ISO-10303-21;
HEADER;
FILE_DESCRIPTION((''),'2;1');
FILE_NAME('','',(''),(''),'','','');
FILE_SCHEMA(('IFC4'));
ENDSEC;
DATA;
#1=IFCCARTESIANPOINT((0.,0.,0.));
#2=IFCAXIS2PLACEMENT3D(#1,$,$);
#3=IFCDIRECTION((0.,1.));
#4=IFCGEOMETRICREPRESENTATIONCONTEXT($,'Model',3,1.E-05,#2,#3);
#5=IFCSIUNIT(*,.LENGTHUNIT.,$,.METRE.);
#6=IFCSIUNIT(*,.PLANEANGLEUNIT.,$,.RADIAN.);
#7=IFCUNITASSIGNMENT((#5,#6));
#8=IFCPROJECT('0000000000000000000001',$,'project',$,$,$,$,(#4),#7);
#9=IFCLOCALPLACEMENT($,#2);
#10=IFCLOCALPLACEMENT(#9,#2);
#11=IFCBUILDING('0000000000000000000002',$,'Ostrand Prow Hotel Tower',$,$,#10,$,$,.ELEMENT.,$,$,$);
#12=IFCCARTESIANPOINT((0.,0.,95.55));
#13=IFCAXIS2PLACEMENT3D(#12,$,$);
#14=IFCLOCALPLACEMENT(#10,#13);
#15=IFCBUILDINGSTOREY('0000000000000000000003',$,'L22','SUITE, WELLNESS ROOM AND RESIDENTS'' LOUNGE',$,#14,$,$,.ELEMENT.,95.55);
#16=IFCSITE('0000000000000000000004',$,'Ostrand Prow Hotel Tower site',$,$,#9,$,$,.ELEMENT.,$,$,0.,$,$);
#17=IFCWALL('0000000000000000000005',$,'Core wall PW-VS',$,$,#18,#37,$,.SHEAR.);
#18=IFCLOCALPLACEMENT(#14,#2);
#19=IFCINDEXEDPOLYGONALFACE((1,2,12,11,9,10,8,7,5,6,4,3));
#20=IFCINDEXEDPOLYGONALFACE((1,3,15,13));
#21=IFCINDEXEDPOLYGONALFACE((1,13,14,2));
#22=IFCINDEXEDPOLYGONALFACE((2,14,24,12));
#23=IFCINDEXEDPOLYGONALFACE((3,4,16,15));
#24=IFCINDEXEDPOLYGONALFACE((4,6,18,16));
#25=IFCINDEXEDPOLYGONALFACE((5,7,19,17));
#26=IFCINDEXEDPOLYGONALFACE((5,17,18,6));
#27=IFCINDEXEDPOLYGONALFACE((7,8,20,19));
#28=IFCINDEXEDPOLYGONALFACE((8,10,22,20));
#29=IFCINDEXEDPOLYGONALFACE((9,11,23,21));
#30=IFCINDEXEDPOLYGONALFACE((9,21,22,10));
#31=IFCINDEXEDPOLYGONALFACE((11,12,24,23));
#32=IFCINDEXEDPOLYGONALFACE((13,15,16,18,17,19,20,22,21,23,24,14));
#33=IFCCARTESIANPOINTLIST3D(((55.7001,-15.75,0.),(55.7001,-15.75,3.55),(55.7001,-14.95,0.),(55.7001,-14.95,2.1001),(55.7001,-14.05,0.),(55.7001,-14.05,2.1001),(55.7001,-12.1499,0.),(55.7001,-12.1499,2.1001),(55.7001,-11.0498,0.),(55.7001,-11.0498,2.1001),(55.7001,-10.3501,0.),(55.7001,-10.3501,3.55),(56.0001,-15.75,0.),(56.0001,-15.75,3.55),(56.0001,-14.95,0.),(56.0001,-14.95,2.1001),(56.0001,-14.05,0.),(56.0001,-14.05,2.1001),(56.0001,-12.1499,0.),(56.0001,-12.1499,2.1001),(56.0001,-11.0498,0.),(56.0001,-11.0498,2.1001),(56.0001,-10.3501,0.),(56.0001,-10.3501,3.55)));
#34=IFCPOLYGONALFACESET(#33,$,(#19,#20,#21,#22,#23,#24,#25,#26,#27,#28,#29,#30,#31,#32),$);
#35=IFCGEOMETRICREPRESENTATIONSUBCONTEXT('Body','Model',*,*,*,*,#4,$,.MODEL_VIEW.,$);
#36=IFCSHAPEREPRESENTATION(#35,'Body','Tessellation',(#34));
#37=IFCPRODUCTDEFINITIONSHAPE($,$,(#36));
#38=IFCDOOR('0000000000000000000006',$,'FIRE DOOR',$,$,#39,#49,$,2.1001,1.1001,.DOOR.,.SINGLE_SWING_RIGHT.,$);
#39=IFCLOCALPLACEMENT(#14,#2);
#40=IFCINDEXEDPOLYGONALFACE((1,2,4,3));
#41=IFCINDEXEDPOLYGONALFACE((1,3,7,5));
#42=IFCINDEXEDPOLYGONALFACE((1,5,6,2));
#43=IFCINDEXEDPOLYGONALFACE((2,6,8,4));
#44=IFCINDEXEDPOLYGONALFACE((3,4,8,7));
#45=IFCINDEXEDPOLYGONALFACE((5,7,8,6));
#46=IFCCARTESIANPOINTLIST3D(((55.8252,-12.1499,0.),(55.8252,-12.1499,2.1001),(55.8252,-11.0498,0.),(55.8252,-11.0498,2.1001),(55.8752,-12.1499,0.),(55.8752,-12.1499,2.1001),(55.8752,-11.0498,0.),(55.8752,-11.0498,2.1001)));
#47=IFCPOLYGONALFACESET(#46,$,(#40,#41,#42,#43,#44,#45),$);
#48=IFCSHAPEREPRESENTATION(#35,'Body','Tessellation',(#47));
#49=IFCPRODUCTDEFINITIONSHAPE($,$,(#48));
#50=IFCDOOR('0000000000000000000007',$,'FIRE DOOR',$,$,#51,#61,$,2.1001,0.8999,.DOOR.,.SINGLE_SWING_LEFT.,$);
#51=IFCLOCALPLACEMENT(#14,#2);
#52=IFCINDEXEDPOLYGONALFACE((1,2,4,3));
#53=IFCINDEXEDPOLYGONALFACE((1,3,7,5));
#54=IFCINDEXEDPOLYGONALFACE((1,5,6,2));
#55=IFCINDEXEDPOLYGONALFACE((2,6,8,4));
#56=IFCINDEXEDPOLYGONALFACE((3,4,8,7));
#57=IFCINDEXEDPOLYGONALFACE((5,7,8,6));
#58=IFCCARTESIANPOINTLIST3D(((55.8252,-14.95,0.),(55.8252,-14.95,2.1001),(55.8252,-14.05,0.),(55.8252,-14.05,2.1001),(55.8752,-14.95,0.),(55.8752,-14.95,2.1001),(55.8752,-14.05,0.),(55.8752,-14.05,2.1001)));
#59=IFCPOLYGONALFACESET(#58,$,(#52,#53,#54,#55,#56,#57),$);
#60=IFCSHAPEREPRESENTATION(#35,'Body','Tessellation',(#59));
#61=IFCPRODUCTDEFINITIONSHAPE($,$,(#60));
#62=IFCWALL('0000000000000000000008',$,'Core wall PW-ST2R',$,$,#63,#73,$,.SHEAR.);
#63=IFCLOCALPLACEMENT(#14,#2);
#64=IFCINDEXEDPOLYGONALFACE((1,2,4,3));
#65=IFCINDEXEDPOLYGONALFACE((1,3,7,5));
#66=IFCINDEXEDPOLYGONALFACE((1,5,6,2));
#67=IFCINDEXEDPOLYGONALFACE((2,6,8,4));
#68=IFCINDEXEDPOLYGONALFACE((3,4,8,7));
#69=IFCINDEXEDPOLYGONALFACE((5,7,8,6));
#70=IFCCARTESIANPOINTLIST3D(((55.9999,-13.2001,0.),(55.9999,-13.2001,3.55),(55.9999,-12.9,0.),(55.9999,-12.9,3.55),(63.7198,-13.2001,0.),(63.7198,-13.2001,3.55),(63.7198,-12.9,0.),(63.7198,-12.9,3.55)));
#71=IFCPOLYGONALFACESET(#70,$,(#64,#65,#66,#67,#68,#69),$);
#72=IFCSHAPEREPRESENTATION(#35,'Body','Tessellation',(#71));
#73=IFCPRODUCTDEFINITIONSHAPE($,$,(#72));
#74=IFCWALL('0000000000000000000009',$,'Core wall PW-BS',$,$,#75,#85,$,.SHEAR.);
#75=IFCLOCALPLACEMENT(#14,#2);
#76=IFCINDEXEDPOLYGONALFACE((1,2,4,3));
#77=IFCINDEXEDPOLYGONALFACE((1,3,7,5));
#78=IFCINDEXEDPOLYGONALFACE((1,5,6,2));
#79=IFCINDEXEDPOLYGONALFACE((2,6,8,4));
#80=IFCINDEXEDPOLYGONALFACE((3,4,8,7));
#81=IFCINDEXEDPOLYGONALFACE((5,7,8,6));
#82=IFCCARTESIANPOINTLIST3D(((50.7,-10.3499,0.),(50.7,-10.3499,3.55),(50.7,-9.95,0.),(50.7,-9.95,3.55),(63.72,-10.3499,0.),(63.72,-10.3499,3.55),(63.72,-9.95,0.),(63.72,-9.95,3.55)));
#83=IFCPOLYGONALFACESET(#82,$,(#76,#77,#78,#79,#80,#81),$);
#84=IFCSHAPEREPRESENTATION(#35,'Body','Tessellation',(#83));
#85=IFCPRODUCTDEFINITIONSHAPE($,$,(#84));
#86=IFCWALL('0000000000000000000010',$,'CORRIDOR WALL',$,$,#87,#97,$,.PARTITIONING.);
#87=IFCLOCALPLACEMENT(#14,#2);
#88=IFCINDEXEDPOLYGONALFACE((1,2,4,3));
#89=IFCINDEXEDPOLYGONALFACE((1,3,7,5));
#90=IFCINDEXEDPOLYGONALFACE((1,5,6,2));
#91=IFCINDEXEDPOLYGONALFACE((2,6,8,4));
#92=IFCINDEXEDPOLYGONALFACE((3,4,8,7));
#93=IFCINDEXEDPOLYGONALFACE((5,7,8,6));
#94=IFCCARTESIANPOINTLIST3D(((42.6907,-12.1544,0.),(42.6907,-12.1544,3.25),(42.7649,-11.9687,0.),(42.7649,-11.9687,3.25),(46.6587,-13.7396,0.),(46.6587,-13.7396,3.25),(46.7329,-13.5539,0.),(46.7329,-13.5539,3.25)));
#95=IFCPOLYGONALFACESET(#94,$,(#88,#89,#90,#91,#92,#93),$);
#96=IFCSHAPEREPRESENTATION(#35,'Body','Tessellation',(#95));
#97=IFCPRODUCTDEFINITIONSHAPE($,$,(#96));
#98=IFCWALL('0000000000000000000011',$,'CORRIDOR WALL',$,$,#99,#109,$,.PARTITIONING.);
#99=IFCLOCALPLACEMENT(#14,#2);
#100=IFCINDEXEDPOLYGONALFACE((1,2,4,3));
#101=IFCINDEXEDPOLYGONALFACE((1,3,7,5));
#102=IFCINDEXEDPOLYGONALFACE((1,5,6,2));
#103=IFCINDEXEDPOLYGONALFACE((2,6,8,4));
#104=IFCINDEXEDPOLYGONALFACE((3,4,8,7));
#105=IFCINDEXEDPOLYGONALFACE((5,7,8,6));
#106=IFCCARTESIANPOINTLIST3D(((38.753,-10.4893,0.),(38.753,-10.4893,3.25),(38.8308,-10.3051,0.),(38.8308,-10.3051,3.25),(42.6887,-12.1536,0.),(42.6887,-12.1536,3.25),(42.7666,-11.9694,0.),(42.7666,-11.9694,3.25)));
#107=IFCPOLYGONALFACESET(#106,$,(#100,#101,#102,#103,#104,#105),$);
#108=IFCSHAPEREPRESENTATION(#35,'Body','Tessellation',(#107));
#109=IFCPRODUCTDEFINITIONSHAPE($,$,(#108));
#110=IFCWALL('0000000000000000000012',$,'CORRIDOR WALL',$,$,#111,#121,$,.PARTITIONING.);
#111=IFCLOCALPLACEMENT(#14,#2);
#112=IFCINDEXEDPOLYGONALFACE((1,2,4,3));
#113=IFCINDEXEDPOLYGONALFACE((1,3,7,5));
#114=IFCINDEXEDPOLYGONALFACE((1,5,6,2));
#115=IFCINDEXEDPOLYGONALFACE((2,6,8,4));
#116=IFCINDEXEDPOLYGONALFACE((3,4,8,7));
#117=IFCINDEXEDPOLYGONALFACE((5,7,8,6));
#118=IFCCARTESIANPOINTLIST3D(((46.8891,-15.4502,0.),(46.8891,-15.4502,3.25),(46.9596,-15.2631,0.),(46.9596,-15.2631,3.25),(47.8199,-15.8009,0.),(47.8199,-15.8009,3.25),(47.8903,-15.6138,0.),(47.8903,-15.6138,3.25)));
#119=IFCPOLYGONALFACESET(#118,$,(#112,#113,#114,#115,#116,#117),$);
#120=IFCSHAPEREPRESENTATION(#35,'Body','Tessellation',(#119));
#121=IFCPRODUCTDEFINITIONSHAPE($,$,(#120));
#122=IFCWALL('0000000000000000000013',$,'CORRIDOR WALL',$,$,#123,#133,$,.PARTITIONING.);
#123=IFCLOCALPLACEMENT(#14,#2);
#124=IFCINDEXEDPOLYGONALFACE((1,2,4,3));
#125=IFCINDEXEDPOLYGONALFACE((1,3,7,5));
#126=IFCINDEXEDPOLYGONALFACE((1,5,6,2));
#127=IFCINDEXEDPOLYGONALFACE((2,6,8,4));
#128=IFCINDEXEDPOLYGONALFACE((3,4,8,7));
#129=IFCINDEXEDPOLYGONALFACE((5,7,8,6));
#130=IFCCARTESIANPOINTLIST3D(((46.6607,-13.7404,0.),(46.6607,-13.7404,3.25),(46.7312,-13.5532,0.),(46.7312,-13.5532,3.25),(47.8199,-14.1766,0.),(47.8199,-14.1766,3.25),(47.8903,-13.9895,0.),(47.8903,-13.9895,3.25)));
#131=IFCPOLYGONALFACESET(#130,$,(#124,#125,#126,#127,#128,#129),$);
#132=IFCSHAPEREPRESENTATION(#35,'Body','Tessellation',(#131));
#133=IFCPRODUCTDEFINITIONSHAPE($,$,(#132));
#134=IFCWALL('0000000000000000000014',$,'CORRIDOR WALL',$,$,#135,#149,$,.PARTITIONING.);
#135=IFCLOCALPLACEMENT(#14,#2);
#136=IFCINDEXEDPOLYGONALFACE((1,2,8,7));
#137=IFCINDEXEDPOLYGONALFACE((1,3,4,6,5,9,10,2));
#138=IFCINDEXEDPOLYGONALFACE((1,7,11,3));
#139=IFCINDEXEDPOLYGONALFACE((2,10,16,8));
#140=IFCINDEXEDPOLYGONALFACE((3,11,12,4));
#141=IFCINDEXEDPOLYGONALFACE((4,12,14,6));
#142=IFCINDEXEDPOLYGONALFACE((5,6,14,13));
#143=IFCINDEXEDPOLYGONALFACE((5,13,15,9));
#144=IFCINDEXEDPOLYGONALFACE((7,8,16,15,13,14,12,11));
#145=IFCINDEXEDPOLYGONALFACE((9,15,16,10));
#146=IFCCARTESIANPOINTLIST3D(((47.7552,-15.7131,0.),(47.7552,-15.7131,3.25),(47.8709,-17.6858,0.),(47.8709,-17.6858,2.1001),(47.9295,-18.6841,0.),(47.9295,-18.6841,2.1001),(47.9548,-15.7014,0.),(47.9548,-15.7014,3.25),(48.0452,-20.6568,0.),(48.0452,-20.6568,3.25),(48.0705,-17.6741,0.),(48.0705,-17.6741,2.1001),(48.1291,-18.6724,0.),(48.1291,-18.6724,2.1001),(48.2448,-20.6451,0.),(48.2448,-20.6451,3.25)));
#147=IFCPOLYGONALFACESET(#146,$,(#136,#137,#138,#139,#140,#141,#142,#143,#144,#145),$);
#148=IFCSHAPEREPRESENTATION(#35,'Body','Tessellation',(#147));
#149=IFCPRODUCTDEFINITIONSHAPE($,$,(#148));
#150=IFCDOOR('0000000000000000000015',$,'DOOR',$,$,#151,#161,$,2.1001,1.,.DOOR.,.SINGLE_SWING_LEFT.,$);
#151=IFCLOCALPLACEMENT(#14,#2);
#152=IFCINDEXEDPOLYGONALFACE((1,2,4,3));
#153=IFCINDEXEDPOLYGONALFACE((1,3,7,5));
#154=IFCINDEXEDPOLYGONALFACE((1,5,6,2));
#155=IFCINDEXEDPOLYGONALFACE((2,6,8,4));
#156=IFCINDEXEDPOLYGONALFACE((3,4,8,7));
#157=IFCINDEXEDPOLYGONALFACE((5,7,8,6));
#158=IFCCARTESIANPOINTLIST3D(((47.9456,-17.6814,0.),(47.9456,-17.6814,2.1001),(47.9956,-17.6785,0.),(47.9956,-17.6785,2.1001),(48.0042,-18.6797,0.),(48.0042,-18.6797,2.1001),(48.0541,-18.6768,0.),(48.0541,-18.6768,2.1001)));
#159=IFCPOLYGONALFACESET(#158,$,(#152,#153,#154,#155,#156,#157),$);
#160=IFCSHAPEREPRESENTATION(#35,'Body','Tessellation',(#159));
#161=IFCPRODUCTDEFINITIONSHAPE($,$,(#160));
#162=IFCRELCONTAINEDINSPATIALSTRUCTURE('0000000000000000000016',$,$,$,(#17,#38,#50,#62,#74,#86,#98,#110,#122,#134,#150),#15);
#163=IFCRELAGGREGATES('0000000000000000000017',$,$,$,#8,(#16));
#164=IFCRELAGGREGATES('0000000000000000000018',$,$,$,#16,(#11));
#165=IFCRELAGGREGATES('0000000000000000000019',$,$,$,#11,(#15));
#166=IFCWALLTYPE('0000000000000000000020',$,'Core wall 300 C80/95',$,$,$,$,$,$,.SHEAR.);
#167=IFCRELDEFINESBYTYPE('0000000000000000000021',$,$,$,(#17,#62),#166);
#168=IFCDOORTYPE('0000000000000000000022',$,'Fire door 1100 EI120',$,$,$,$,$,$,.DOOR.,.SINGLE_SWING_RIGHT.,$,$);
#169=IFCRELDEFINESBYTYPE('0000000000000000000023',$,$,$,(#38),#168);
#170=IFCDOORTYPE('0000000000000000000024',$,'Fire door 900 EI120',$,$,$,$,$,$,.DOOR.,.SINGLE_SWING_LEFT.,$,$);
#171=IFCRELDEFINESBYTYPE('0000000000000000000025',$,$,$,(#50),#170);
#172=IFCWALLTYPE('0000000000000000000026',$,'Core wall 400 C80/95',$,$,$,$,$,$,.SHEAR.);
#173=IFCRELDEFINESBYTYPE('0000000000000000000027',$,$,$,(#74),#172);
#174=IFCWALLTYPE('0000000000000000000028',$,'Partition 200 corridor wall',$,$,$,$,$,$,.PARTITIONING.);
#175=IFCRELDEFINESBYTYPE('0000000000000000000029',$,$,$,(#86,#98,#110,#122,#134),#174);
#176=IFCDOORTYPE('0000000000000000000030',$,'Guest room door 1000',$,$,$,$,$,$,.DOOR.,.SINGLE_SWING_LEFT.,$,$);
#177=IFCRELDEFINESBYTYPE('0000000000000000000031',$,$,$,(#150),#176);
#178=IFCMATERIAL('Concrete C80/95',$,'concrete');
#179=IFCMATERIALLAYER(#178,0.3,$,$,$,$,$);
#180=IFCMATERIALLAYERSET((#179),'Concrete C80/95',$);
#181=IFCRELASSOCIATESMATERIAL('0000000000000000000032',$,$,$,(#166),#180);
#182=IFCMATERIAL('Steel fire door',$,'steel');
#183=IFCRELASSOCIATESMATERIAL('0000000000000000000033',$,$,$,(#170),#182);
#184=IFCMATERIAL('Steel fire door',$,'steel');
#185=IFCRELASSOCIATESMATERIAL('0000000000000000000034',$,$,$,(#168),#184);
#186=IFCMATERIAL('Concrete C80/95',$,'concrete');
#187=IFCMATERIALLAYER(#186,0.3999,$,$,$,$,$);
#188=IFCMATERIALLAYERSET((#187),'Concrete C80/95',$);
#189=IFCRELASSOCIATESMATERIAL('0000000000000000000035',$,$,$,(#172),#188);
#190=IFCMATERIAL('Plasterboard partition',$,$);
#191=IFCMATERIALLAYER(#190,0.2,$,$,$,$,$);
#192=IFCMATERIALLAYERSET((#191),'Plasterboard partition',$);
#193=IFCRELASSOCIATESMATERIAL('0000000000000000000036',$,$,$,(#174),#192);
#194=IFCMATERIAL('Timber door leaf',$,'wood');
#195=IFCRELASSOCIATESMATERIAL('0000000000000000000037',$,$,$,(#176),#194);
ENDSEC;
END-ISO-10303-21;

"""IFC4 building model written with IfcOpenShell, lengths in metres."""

from ifc_helpers import new_model, si_unit, direction, frame, frame_2d, origin, place, context, subcontext, project, spatial, rectangle, extrude, material, layer, layer_set, type_object, element, fill, save


model = new_model("IFC4")

# Units and contexts
model_context = context("Model", 3, precision=1e-05, world=origin(), true_north=direction((0.0, 1.0)))
body_context = subcontext(model_context, "Body", "Model", "MODEL_VIEW")
ifc_project = project(units=[si_unit("LENGTHUNIT", "METRE"), si_unit("PLANEANGLEUNIT", "RADIAN")], contexts=[model_context])

# Site, building, storey
site_placement = place(None, origin())
site = spatial("IfcSite", under=ifc_project, at=site_placement, Name="Ostrand Prow Hotel Tower site", CompositionType="ELEMENT", RefElevation=0.0)
building_placement = place(site_placement, origin())
building = spatial("IfcBuilding", under=site, at=building_placement, Name="Ostrand Prow Hotel Tower", CompositionType="ELEMENT")
storey_placement = place(building_placement, frame((0.0, 0.0, 95.55)))
storey = spatial("IfcBuildingStorey", under=building, at=storey_placement, Name="L22", Description="SUITE, WELLNESS ROOM AND RESIDENTS' LOUNGE", CompositionType="ELEMENT", Elevation=95.55)

# Shared definitions
ifc_material_1 = material(Name="Concrete C80/95", Category="concrete")
ifc_layer_1 = layer(ifc_material_1, 0.3)
ifc_layer_set_1 = layer_set([ifc_layer_1], Name="Concrete C80/95")
wall_type_1 = type_object("IfcWallType", Name="Core wall 300 C80/95", PredefinedType="SHEAR", material=ifc_layer_set_1)

# Shared definitions
ifc_material_2 = material(Name="Steel fire door", Category="steel")
door_type_1 = type_object("IfcDoorType", Name="Fire door 900 EI120", OperationType="SINGLE_SWING_LEFT", PredefinedType="DOOR", material=ifc_material_2)

# Wall, openings, doors
wall_1_placement = place(storey_placement, frame((55.8501, -15.75, 0.0), z_axis=(0.0, 0.0, 1.0), x_axis=(0.0, 1.0, 0.0)))
wall_1 = element("IfcWall", 1, at=wall_1_placement, inside=storey, type_object=wall_type_1, Name="Core wall PW-VS", PredefinedType="SHEAR", context=body_context, shape_type="SweptSolid", body=[
    extrude(rectangle(XDim=5.3999, YDim=0.3, at=frame_2d((2.7, 0.0))), origin(), (0.0, 0.0, 1.0), 3.55),
])
opening_1_placement = place(wall_1_placement, frame((3.6001, 0.0, 0.0)))
opening_1 = element("IfcOpeningElement", 2, at=opening_1_placement, cuts=wall_1, PredefinedType="OPENING", context=body_context, shape_type="SweptSolid", body=[
    extrude(rectangle(XDim=1.1001, YDim=2.1001, at=frame_2d((0.55, 1.05))), frame((0.0, 0.1599, 0.0), z_axis=(0.0, -1.0, 0.0), x_axis=(1.0, 0.0, 0.0)), (0.0, 0.0, 1.0), 0.3201),
])
opening_2_placement = place(wall_1_placement, frame((0.8, 0.0, 0.0)))
opening_2 = element("IfcOpeningElement", 3, at=opening_2_placement, cuts=wall_1, PredefinedType="OPENING", context=body_context, shape_type="SweptSolid", body=[
    extrude(rectangle(XDim=0.8999, YDim=2.1001, at=frame_2d((0.45, 1.05))), frame((0.0, 0.1599, 0.0), z_axis=(0.0, -1.0, 0.0), x_axis=(1.0, 0.0, 0.0)), (0.0, 0.0, 1.0), 0.3201),
])
ifc_material_3 = material(Name="Steel fire door", Category="steel")
door_type_2 = type_object("IfcDoorType", Name="Fire door 1100 EI120", OperationType="SINGLE_SWING_RIGHT", PredefinedType="DOOR", material=ifc_material_3)
door_1_placement = place(opening_1_placement, origin())
door_1 = element("IfcDoor", 4, at=door_1_placement, inside=storey, type_object=door_type_2, Name="FIRE DOOR", OperationType="SINGLE_SWING_RIGHT", OverallHeight=2.1001, OverallWidth=1.1001, PredefinedType="DOOR", context=body_context, shape_type="SweptSolid", body=[
    extrude(rectangle(XDim=1.1001, YDim=2.1001, at=frame_2d((0.55, 1.05))), frame((0.0, 0.0249, 0.0), z_axis=(0.0, -1.0, 0.0), x_axis=(1.0, 0.0, 0.0)), (0.0, 0.0, 1.0), 0.05),
])
fill(opening_1, door_1)
door_2_placement = place(opening_2_placement, origin())
door_2 = element("IfcDoor", 5, at=door_2_placement, inside=storey, type_object=door_type_1, Name="FIRE DOOR", OperationType="SINGLE_SWING_LEFT", OverallHeight=2.1001, OverallWidth=0.8999, PredefinedType="DOOR", context=body_context, shape_type="SweptSolid", body=[
    extrude(rectangle(XDim=0.8999, YDim=2.1001, at=frame_2d((0.45, 1.05))), frame((0.0, 0.0249, 0.0), z_axis=(0.0, -1.0, 0.0), x_axis=(1.0, 0.0, 0.0)), (0.0, 0.0, 1.0), 0.05),
])
fill(opening_2, door_2)

# Walls
wall_2_placement = place(storey_placement, frame((56.0, -13.05, 0.0), z_axis=(0.0, 0.0, 1.0), x_axis=(1.0, 0.0, 0.0)))
element("IfcWall", 6, at=wall_2_placement, inside=storey, type_object=wall_type_1, Name="Core wall PW-ST2R", PredefinedType="SHEAR", context=body_context, shape_type="SweptSolid", body=[
    extrude(rectangle(XDim=7.72, YDim=0.3, at=frame_2d((3.8599, 0.0))), origin(), (0.0, 0.0, 1.0), 3.55),
])
ifc_material_4 = material(Name="Concrete C80/95", Category="concrete")
ifc_layer_2 = layer(ifc_material_4, 0.3999)
ifc_layer_set_2 = layer_set([ifc_layer_2], Name="Concrete C80/95")
wall_type_2 = type_object("IfcWallType", Name="Core wall 400 C80/95", PredefinedType="SHEAR", material=ifc_layer_set_2)
wall_3_placement = place(storey_placement, frame((50.7, -10.1499, 0.0), z_axis=(0.0, 0.0, 1.0), x_axis=(1.0, 0.0, 0.0)))
element("IfcWall", 7, at=wall_3_placement, inside=storey, type_object=wall_type_2, Name="Core wall PW-BS", PredefinedType="SHEAR", context=body_context, shape_type="SweptSolid", body=[
    extrude(rectangle(XDim=13.02, YDim=0.3999, at=frame_2d((6.51, 0.0))), origin(), (0.0, 0.0, 1.0), 3.55),
])
ifc_material_5 = material(Name="Plasterboard partition")
ifc_layer_3 = layer(ifc_material_5, 0.2)
ifc_layer_set_3 = layer_set([ifc_layer_3], Name="Plasterboard partition")
wall_type_3 = type_object("IfcWallType", Name="Partition 200 corridor wall", PredefinedType="PARTITIONING", material=ifc_layer_set_3)
wall_4_placement = place(storey_placement, frame((46.6958, -13.6467, 0.0), z_axis=(0.0, 0.0, 1.0), x_axis=(-0.928638, 0.370987, 0.0)))
element("IfcWall", 8, at=wall_4_placement, inside=storey, type_object=wall_type_3, Name="CORRIDOR WALL", PredefinedType="PARTITIONING", context=body_context, shape_type="SweptSolid", body=[
    extrude(rectangle(XDim=4.2729, YDim=0.2, at=frame_2d((2.1365, 0.0))), origin(), (0.0, 0.0, 1.0), 3.25),
])
wall_5_placement = place(storey_placement, frame((42.7278, -12.0615, 0.0), z_axis=(0.0, 0.0, 1.0), x_axis=(-0.921037, 0.389474, 0.0)))
element("IfcWall", 9, at=wall_5_placement, inside=storey, type_object=wall_type_3, Name="CORRIDOR WALL", PredefinedType="PARTITIONING", context=body_context, shape_type="SweptSolid", body=[
    extrude(rectangle(XDim=4.2732, YDim=0.2, at=frame_2d((2.1367, 0.0))), origin(), (0.0, 0.0, 1.0), 3.25),
])
wall_6_placement = place(storey_placement, frame((46.9243, -15.3567, 0.0), z_axis=(0.0, 0.0, 1.0), x_axis=(0.935804, -0.352522, 0.0)))
element("IfcWall", 10, at=wall_6_placement, inside=storey, type_object=wall_type_3, Name="CORRIDOR WALL", PredefinedType="PARTITIONING", context=body_context, shape_type="SweptSolid", body=[
    extrude(rectangle(XDim=0.9946, YDim=0.2, at=frame_2d((0.4973, 0.0))), origin(), (0.0, 0.0, 1.0), 3.25),
])
wall_7_placement = place(storey_placement, frame((47.855, -14.083, 0.0), z_axis=(0.0, 0.0, 1.0), x_axis=(-0.935907, 0.352246, 0.0)))
element("IfcWall", 11, at=wall_7_placement, inside=storey, type_object=wall_type_3, Name="CORRIDOR WALL", PredefinedType="PARTITIONING", context=body_context, shape_type="SweptSolid", body=[
    extrude(rectangle(XDim=1.2385, YDim=0.2, at=frame_2d((0.6191, 0.0))), origin(), (0.0, 0.0, 1.0), 3.25),
])

# Wall, opening, door
wall_8_placement = place(storey_placement, frame((47.855, -15.7073, 0.0), z_axis=(0.0, 0.0, 1.0), x_axis=(0.058569, -0.998283, 0.0)))
wall_8 = element("IfcWall", 12, at=wall_8_placement, inside=storey, type_object=wall_type_3, Name="CORRIDOR WALL", PredefinedType="PARTITIONING", context=body_context, shape_type="SweptSolid", body=[
    extrude(rectangle(XDim=4.9521, YDim=0.2, at=frame_2d((2.4761, 0.0))), origin(), (0.0, 0.0, 1.0), 3.25),
])
opening_3_placement = place(wall_8_placement, frame((1.9761, 0.0, 0.0)))
opening_3 = element("IfcOpeningElement", 13, at=opening_3_placement, cuts=wall_8, PredefinedType="OPENING", context=body_context, shape_type="SweptSolid", body=[
    extrude(rectangle(XDim=1.0, YDim=2.1001, at=frame_2d((0.5, 1.05))), frame((0.0, 0.1099, 0.0), z_axis=(0.0, -1.0, 0.0), x_axis=(1.0, 0.0, 0.0)), (0.0, 0.0, 1.0), 0.22),
])
ifc_material_6 = material(Name="Timber door leaf", Category="wood")
door_type_3 = type_object("IfcDoorType", Name="Guest room door 1000", OperationType="SINGLE_SWING_LEFT", PredefinedType="DOOR", material=ifc_material_6)
door_3_placement = place(opening_3_placement, origin())
door_3 = element("IfcDoor", 14, at=door_3_placement, inside=storey, type_object=door_type_3, Name="DOOR", OperationType="SINGLE_SWING_LEFT", OverallHeight=2.1001, OverallWidth=1.0, PredefinedType="DOOR", context=body_context, shape_type="SweptSolid", body=[
    extrude(rectangle(XDim=1.0, YDim=2.1001, at=frame_2d((0.5, 1.05))), frame((0.0, 0.0249, 0.0), z_axis=(0.0, -1.0, 0.0), x_axis=(1.0, 0.0, 0.0)), (0.0, 0.0, 1.0), 0.05),
])
fill(opening_3, door_3)

save(model, "model.ifc")
